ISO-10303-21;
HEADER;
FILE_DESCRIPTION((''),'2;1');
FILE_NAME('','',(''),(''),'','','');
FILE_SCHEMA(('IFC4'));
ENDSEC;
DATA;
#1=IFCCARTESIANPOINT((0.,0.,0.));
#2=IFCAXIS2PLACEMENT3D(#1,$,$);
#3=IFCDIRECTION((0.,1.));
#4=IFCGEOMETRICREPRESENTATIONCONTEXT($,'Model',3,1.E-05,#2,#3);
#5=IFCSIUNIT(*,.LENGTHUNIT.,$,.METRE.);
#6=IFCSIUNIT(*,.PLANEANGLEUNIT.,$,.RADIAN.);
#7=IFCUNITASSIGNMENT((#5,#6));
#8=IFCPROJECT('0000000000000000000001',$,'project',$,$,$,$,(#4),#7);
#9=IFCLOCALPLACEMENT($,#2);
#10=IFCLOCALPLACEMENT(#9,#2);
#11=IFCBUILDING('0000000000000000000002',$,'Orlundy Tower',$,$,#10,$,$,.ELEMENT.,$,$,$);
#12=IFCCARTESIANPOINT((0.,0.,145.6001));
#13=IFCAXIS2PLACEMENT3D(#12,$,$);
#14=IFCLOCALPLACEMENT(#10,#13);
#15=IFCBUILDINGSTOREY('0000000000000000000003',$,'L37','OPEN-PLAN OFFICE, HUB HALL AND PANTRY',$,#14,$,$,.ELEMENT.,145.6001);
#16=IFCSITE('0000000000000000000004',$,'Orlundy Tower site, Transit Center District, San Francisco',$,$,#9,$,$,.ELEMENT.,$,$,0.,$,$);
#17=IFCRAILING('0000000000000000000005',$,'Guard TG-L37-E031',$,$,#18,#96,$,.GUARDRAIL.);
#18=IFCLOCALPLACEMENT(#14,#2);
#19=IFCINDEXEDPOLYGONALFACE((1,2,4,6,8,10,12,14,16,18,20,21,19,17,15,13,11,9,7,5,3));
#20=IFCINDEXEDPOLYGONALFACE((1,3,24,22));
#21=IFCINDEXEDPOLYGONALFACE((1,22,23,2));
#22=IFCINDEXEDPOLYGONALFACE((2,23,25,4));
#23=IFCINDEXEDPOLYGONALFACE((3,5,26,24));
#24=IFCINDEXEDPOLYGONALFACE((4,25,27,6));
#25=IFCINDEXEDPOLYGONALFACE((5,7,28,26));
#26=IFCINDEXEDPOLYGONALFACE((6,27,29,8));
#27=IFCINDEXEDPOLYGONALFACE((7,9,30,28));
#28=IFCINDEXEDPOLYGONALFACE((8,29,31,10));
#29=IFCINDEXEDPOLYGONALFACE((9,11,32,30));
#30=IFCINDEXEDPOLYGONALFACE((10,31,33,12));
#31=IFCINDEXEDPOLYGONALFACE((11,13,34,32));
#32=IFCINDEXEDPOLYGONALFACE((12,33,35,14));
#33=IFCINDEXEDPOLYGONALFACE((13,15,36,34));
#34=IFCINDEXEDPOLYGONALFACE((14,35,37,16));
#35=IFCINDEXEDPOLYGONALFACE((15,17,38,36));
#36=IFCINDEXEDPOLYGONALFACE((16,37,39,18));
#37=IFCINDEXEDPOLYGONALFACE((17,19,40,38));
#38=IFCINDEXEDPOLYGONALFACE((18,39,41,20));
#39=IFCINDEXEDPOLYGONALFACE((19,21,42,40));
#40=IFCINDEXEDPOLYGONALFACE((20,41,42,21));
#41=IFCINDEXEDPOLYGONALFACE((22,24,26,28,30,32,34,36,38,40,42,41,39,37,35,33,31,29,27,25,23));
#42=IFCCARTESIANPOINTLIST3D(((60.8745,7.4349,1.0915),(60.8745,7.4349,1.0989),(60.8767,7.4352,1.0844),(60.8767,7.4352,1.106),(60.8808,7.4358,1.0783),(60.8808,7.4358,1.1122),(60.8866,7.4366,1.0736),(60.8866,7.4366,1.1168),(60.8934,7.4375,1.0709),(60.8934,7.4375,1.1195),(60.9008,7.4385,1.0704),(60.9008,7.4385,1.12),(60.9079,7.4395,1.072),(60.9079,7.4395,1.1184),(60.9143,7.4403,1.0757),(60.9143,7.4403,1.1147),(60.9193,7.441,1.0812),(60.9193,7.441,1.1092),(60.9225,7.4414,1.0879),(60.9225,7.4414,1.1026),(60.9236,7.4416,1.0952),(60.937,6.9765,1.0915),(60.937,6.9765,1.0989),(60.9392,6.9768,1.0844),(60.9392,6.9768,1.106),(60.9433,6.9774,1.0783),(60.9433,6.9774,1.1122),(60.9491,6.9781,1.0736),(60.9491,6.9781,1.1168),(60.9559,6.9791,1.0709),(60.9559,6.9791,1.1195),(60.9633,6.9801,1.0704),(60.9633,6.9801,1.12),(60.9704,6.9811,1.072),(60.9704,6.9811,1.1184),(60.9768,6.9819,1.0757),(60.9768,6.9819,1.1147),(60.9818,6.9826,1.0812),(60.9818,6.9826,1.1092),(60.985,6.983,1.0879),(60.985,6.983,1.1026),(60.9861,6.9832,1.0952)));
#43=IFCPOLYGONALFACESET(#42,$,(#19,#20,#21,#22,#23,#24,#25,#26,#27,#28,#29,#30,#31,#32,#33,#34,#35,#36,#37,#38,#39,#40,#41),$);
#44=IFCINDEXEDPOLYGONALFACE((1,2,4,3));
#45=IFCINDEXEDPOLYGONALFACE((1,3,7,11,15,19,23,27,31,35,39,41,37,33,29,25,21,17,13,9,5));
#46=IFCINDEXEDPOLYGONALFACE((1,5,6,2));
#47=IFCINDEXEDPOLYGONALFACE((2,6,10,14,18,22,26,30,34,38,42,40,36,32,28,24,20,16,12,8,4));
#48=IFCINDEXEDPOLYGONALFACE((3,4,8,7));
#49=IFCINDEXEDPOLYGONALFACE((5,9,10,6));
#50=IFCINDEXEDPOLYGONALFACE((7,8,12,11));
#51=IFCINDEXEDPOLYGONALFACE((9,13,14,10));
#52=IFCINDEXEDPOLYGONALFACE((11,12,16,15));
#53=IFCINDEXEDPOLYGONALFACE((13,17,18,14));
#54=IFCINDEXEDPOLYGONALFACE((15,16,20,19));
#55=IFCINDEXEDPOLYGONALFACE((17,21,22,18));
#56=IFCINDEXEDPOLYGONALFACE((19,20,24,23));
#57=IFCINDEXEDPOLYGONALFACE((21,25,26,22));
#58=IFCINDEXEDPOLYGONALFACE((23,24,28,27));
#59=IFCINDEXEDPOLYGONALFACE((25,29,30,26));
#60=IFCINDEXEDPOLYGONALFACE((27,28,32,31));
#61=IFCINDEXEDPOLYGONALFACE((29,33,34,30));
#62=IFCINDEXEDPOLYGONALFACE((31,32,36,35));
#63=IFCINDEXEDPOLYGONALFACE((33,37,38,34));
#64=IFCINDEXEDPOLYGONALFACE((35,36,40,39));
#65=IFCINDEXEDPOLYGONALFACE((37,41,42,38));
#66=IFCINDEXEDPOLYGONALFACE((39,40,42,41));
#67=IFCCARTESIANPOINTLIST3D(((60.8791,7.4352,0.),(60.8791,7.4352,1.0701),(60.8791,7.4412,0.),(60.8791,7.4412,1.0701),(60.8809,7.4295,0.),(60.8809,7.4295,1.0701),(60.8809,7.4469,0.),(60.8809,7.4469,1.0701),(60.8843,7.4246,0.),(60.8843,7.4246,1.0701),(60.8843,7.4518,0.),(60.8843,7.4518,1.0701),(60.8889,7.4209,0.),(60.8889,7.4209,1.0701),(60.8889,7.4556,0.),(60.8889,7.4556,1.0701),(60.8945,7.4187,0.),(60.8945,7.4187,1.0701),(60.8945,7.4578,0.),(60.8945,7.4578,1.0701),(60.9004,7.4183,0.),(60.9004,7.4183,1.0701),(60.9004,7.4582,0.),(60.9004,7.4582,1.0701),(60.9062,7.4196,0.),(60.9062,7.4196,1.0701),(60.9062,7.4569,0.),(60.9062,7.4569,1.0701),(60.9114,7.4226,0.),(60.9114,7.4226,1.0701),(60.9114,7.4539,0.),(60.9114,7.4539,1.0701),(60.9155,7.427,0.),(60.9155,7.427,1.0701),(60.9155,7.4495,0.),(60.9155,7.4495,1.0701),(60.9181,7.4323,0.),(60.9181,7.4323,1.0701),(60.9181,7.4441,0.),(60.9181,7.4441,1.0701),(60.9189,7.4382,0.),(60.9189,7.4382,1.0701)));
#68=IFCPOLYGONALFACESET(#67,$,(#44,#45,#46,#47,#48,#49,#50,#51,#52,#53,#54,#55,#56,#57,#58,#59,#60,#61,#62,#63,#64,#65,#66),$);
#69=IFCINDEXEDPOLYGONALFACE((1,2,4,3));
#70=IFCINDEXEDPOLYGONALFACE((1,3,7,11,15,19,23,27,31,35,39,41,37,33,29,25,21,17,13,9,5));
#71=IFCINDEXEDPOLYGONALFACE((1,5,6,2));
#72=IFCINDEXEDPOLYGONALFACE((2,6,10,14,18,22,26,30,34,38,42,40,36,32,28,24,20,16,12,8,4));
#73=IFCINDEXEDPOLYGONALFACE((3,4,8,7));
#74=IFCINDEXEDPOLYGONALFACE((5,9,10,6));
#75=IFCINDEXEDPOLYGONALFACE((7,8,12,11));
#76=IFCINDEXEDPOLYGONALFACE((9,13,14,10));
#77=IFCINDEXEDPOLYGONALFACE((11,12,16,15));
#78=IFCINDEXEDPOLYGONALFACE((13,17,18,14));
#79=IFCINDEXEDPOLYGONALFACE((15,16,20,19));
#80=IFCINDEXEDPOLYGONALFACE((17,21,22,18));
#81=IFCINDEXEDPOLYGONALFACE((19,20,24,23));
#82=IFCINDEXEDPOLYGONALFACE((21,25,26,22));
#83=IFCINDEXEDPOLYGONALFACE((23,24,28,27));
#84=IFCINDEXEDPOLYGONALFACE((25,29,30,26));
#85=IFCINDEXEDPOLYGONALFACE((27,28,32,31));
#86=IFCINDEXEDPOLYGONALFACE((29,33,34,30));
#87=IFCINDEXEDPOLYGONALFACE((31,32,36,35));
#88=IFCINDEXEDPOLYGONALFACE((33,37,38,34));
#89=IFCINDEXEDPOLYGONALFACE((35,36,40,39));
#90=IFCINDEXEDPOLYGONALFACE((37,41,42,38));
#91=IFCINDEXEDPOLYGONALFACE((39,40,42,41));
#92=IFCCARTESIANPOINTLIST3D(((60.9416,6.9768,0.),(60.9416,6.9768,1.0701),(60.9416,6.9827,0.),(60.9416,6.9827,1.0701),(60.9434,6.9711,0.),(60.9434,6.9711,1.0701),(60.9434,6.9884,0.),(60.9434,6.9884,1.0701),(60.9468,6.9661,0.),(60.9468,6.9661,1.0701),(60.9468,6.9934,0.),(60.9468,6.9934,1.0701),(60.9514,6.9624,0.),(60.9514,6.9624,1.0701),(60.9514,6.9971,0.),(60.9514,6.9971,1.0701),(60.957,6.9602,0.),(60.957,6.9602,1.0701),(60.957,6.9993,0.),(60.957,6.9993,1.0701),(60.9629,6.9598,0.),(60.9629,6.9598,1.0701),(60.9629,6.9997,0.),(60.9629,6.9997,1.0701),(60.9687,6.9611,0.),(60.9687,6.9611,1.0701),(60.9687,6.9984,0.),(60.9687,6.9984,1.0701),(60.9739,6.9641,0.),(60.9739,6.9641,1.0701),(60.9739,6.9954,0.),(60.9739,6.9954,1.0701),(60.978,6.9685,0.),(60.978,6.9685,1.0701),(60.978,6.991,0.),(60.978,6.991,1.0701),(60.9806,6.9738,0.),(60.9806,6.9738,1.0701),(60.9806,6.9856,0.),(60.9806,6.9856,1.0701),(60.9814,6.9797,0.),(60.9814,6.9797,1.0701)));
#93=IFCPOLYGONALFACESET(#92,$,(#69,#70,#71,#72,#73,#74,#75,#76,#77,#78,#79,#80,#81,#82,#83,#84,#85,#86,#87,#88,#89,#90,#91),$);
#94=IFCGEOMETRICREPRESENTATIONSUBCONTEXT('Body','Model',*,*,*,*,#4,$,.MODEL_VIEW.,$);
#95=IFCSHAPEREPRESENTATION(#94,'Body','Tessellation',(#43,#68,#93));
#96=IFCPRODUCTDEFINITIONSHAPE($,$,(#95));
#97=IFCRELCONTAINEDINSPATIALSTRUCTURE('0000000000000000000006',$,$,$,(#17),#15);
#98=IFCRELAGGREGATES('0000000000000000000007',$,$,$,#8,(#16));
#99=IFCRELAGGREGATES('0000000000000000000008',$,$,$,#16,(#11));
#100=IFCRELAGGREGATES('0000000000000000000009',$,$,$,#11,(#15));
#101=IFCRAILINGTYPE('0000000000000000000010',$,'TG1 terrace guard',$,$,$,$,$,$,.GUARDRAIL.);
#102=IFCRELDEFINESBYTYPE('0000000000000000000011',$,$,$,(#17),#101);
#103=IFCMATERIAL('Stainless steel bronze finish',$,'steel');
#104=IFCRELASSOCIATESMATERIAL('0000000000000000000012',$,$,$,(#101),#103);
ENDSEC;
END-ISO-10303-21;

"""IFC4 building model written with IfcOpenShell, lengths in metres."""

from ifc_helpers import new_model, si_unit, direction, frame, origin, origin_2d, place, context, subcontext, project, spatial, circle, extrude, material, type_object, element, save


model = new_model("IFC4")

# Units and contexts
model_context = context("Model", 3, precision=1e-05, world=origin(), true_north=direction((0.0, 1.0)))
body_context = subcontext(model_context, "Body", "Model", "MODEL_VIEW")
ifc_project = project(units=[si_unit("LENGTHUNIT", "METRE"), si_unit("PLANEANGLEUNIT", "RADIAN")], contexts=[model_context])

# Site, building, storey
site_placement = place(None, origin())
site = spatial("IfcSite", under=ifc_project, at=site_placement, Name="Orlundy Tower site, Transit Center District, San Francisco", CompositionType="ELEMENT", RefElevation=0.0)
building_placement = place(site_placement, origin())
building = spatial("IfcBuilding", under=site, at=building_placement, Name="Orlundy Tower", CompositionType="ELEMENT")
storey_placement = place(building_placement, frame((0.0, 0.0, 145.6001)))
storey = spatial("IfcBuildingStorey", under=building, at=storey_placement, Name="L37", Description="OPEN-PLAN OFFICE, HUB HALL AND PANTRY", CompositionType="ELEMENT", Elevation=145.6001)

# Railing
ifc_material_1 = material(Name="Stainless steel bronze finish", Category="steel")
railing_type = type_object("IfcRailingType", Name="TG1 terrace guard", PredefinedType="GUARDRAIL", material=ifc_material_1)
railing_1_placement = place(storey_placement, frame((60.8989, 7.4382, 0.0)))
element("IfcRailing", 1, at=railing_1_placement, inside=storey, type_object=railing_type, Name="Guard TG-L37-E031", PredefinedType="GUARDRAIL", context=body_context, shape_type="SweptSolid", body=[
    extrude(circle(Radius=0.0249, at=origin_2d()), frame((0.0, 0.0, 1.0952), z_axis=(0.135066, -0.990837, 0.0), x_axis=(0.990837, 0.135066, 0.0)), (0.0, 0.0, 1.0), 0.4626),
    extrude(circle(Radius=0.02, at=origin_2d()), origin(), (0.0, 0.0, 1.0), 1.0701),
    extrude(circle(Radius=0.02, at=origin_2d()), frame((0.0625, -0.4585, 0.0)), (0.0, 0.0, 1.0), 1.0701),
])

save(model, "model.ifc")
